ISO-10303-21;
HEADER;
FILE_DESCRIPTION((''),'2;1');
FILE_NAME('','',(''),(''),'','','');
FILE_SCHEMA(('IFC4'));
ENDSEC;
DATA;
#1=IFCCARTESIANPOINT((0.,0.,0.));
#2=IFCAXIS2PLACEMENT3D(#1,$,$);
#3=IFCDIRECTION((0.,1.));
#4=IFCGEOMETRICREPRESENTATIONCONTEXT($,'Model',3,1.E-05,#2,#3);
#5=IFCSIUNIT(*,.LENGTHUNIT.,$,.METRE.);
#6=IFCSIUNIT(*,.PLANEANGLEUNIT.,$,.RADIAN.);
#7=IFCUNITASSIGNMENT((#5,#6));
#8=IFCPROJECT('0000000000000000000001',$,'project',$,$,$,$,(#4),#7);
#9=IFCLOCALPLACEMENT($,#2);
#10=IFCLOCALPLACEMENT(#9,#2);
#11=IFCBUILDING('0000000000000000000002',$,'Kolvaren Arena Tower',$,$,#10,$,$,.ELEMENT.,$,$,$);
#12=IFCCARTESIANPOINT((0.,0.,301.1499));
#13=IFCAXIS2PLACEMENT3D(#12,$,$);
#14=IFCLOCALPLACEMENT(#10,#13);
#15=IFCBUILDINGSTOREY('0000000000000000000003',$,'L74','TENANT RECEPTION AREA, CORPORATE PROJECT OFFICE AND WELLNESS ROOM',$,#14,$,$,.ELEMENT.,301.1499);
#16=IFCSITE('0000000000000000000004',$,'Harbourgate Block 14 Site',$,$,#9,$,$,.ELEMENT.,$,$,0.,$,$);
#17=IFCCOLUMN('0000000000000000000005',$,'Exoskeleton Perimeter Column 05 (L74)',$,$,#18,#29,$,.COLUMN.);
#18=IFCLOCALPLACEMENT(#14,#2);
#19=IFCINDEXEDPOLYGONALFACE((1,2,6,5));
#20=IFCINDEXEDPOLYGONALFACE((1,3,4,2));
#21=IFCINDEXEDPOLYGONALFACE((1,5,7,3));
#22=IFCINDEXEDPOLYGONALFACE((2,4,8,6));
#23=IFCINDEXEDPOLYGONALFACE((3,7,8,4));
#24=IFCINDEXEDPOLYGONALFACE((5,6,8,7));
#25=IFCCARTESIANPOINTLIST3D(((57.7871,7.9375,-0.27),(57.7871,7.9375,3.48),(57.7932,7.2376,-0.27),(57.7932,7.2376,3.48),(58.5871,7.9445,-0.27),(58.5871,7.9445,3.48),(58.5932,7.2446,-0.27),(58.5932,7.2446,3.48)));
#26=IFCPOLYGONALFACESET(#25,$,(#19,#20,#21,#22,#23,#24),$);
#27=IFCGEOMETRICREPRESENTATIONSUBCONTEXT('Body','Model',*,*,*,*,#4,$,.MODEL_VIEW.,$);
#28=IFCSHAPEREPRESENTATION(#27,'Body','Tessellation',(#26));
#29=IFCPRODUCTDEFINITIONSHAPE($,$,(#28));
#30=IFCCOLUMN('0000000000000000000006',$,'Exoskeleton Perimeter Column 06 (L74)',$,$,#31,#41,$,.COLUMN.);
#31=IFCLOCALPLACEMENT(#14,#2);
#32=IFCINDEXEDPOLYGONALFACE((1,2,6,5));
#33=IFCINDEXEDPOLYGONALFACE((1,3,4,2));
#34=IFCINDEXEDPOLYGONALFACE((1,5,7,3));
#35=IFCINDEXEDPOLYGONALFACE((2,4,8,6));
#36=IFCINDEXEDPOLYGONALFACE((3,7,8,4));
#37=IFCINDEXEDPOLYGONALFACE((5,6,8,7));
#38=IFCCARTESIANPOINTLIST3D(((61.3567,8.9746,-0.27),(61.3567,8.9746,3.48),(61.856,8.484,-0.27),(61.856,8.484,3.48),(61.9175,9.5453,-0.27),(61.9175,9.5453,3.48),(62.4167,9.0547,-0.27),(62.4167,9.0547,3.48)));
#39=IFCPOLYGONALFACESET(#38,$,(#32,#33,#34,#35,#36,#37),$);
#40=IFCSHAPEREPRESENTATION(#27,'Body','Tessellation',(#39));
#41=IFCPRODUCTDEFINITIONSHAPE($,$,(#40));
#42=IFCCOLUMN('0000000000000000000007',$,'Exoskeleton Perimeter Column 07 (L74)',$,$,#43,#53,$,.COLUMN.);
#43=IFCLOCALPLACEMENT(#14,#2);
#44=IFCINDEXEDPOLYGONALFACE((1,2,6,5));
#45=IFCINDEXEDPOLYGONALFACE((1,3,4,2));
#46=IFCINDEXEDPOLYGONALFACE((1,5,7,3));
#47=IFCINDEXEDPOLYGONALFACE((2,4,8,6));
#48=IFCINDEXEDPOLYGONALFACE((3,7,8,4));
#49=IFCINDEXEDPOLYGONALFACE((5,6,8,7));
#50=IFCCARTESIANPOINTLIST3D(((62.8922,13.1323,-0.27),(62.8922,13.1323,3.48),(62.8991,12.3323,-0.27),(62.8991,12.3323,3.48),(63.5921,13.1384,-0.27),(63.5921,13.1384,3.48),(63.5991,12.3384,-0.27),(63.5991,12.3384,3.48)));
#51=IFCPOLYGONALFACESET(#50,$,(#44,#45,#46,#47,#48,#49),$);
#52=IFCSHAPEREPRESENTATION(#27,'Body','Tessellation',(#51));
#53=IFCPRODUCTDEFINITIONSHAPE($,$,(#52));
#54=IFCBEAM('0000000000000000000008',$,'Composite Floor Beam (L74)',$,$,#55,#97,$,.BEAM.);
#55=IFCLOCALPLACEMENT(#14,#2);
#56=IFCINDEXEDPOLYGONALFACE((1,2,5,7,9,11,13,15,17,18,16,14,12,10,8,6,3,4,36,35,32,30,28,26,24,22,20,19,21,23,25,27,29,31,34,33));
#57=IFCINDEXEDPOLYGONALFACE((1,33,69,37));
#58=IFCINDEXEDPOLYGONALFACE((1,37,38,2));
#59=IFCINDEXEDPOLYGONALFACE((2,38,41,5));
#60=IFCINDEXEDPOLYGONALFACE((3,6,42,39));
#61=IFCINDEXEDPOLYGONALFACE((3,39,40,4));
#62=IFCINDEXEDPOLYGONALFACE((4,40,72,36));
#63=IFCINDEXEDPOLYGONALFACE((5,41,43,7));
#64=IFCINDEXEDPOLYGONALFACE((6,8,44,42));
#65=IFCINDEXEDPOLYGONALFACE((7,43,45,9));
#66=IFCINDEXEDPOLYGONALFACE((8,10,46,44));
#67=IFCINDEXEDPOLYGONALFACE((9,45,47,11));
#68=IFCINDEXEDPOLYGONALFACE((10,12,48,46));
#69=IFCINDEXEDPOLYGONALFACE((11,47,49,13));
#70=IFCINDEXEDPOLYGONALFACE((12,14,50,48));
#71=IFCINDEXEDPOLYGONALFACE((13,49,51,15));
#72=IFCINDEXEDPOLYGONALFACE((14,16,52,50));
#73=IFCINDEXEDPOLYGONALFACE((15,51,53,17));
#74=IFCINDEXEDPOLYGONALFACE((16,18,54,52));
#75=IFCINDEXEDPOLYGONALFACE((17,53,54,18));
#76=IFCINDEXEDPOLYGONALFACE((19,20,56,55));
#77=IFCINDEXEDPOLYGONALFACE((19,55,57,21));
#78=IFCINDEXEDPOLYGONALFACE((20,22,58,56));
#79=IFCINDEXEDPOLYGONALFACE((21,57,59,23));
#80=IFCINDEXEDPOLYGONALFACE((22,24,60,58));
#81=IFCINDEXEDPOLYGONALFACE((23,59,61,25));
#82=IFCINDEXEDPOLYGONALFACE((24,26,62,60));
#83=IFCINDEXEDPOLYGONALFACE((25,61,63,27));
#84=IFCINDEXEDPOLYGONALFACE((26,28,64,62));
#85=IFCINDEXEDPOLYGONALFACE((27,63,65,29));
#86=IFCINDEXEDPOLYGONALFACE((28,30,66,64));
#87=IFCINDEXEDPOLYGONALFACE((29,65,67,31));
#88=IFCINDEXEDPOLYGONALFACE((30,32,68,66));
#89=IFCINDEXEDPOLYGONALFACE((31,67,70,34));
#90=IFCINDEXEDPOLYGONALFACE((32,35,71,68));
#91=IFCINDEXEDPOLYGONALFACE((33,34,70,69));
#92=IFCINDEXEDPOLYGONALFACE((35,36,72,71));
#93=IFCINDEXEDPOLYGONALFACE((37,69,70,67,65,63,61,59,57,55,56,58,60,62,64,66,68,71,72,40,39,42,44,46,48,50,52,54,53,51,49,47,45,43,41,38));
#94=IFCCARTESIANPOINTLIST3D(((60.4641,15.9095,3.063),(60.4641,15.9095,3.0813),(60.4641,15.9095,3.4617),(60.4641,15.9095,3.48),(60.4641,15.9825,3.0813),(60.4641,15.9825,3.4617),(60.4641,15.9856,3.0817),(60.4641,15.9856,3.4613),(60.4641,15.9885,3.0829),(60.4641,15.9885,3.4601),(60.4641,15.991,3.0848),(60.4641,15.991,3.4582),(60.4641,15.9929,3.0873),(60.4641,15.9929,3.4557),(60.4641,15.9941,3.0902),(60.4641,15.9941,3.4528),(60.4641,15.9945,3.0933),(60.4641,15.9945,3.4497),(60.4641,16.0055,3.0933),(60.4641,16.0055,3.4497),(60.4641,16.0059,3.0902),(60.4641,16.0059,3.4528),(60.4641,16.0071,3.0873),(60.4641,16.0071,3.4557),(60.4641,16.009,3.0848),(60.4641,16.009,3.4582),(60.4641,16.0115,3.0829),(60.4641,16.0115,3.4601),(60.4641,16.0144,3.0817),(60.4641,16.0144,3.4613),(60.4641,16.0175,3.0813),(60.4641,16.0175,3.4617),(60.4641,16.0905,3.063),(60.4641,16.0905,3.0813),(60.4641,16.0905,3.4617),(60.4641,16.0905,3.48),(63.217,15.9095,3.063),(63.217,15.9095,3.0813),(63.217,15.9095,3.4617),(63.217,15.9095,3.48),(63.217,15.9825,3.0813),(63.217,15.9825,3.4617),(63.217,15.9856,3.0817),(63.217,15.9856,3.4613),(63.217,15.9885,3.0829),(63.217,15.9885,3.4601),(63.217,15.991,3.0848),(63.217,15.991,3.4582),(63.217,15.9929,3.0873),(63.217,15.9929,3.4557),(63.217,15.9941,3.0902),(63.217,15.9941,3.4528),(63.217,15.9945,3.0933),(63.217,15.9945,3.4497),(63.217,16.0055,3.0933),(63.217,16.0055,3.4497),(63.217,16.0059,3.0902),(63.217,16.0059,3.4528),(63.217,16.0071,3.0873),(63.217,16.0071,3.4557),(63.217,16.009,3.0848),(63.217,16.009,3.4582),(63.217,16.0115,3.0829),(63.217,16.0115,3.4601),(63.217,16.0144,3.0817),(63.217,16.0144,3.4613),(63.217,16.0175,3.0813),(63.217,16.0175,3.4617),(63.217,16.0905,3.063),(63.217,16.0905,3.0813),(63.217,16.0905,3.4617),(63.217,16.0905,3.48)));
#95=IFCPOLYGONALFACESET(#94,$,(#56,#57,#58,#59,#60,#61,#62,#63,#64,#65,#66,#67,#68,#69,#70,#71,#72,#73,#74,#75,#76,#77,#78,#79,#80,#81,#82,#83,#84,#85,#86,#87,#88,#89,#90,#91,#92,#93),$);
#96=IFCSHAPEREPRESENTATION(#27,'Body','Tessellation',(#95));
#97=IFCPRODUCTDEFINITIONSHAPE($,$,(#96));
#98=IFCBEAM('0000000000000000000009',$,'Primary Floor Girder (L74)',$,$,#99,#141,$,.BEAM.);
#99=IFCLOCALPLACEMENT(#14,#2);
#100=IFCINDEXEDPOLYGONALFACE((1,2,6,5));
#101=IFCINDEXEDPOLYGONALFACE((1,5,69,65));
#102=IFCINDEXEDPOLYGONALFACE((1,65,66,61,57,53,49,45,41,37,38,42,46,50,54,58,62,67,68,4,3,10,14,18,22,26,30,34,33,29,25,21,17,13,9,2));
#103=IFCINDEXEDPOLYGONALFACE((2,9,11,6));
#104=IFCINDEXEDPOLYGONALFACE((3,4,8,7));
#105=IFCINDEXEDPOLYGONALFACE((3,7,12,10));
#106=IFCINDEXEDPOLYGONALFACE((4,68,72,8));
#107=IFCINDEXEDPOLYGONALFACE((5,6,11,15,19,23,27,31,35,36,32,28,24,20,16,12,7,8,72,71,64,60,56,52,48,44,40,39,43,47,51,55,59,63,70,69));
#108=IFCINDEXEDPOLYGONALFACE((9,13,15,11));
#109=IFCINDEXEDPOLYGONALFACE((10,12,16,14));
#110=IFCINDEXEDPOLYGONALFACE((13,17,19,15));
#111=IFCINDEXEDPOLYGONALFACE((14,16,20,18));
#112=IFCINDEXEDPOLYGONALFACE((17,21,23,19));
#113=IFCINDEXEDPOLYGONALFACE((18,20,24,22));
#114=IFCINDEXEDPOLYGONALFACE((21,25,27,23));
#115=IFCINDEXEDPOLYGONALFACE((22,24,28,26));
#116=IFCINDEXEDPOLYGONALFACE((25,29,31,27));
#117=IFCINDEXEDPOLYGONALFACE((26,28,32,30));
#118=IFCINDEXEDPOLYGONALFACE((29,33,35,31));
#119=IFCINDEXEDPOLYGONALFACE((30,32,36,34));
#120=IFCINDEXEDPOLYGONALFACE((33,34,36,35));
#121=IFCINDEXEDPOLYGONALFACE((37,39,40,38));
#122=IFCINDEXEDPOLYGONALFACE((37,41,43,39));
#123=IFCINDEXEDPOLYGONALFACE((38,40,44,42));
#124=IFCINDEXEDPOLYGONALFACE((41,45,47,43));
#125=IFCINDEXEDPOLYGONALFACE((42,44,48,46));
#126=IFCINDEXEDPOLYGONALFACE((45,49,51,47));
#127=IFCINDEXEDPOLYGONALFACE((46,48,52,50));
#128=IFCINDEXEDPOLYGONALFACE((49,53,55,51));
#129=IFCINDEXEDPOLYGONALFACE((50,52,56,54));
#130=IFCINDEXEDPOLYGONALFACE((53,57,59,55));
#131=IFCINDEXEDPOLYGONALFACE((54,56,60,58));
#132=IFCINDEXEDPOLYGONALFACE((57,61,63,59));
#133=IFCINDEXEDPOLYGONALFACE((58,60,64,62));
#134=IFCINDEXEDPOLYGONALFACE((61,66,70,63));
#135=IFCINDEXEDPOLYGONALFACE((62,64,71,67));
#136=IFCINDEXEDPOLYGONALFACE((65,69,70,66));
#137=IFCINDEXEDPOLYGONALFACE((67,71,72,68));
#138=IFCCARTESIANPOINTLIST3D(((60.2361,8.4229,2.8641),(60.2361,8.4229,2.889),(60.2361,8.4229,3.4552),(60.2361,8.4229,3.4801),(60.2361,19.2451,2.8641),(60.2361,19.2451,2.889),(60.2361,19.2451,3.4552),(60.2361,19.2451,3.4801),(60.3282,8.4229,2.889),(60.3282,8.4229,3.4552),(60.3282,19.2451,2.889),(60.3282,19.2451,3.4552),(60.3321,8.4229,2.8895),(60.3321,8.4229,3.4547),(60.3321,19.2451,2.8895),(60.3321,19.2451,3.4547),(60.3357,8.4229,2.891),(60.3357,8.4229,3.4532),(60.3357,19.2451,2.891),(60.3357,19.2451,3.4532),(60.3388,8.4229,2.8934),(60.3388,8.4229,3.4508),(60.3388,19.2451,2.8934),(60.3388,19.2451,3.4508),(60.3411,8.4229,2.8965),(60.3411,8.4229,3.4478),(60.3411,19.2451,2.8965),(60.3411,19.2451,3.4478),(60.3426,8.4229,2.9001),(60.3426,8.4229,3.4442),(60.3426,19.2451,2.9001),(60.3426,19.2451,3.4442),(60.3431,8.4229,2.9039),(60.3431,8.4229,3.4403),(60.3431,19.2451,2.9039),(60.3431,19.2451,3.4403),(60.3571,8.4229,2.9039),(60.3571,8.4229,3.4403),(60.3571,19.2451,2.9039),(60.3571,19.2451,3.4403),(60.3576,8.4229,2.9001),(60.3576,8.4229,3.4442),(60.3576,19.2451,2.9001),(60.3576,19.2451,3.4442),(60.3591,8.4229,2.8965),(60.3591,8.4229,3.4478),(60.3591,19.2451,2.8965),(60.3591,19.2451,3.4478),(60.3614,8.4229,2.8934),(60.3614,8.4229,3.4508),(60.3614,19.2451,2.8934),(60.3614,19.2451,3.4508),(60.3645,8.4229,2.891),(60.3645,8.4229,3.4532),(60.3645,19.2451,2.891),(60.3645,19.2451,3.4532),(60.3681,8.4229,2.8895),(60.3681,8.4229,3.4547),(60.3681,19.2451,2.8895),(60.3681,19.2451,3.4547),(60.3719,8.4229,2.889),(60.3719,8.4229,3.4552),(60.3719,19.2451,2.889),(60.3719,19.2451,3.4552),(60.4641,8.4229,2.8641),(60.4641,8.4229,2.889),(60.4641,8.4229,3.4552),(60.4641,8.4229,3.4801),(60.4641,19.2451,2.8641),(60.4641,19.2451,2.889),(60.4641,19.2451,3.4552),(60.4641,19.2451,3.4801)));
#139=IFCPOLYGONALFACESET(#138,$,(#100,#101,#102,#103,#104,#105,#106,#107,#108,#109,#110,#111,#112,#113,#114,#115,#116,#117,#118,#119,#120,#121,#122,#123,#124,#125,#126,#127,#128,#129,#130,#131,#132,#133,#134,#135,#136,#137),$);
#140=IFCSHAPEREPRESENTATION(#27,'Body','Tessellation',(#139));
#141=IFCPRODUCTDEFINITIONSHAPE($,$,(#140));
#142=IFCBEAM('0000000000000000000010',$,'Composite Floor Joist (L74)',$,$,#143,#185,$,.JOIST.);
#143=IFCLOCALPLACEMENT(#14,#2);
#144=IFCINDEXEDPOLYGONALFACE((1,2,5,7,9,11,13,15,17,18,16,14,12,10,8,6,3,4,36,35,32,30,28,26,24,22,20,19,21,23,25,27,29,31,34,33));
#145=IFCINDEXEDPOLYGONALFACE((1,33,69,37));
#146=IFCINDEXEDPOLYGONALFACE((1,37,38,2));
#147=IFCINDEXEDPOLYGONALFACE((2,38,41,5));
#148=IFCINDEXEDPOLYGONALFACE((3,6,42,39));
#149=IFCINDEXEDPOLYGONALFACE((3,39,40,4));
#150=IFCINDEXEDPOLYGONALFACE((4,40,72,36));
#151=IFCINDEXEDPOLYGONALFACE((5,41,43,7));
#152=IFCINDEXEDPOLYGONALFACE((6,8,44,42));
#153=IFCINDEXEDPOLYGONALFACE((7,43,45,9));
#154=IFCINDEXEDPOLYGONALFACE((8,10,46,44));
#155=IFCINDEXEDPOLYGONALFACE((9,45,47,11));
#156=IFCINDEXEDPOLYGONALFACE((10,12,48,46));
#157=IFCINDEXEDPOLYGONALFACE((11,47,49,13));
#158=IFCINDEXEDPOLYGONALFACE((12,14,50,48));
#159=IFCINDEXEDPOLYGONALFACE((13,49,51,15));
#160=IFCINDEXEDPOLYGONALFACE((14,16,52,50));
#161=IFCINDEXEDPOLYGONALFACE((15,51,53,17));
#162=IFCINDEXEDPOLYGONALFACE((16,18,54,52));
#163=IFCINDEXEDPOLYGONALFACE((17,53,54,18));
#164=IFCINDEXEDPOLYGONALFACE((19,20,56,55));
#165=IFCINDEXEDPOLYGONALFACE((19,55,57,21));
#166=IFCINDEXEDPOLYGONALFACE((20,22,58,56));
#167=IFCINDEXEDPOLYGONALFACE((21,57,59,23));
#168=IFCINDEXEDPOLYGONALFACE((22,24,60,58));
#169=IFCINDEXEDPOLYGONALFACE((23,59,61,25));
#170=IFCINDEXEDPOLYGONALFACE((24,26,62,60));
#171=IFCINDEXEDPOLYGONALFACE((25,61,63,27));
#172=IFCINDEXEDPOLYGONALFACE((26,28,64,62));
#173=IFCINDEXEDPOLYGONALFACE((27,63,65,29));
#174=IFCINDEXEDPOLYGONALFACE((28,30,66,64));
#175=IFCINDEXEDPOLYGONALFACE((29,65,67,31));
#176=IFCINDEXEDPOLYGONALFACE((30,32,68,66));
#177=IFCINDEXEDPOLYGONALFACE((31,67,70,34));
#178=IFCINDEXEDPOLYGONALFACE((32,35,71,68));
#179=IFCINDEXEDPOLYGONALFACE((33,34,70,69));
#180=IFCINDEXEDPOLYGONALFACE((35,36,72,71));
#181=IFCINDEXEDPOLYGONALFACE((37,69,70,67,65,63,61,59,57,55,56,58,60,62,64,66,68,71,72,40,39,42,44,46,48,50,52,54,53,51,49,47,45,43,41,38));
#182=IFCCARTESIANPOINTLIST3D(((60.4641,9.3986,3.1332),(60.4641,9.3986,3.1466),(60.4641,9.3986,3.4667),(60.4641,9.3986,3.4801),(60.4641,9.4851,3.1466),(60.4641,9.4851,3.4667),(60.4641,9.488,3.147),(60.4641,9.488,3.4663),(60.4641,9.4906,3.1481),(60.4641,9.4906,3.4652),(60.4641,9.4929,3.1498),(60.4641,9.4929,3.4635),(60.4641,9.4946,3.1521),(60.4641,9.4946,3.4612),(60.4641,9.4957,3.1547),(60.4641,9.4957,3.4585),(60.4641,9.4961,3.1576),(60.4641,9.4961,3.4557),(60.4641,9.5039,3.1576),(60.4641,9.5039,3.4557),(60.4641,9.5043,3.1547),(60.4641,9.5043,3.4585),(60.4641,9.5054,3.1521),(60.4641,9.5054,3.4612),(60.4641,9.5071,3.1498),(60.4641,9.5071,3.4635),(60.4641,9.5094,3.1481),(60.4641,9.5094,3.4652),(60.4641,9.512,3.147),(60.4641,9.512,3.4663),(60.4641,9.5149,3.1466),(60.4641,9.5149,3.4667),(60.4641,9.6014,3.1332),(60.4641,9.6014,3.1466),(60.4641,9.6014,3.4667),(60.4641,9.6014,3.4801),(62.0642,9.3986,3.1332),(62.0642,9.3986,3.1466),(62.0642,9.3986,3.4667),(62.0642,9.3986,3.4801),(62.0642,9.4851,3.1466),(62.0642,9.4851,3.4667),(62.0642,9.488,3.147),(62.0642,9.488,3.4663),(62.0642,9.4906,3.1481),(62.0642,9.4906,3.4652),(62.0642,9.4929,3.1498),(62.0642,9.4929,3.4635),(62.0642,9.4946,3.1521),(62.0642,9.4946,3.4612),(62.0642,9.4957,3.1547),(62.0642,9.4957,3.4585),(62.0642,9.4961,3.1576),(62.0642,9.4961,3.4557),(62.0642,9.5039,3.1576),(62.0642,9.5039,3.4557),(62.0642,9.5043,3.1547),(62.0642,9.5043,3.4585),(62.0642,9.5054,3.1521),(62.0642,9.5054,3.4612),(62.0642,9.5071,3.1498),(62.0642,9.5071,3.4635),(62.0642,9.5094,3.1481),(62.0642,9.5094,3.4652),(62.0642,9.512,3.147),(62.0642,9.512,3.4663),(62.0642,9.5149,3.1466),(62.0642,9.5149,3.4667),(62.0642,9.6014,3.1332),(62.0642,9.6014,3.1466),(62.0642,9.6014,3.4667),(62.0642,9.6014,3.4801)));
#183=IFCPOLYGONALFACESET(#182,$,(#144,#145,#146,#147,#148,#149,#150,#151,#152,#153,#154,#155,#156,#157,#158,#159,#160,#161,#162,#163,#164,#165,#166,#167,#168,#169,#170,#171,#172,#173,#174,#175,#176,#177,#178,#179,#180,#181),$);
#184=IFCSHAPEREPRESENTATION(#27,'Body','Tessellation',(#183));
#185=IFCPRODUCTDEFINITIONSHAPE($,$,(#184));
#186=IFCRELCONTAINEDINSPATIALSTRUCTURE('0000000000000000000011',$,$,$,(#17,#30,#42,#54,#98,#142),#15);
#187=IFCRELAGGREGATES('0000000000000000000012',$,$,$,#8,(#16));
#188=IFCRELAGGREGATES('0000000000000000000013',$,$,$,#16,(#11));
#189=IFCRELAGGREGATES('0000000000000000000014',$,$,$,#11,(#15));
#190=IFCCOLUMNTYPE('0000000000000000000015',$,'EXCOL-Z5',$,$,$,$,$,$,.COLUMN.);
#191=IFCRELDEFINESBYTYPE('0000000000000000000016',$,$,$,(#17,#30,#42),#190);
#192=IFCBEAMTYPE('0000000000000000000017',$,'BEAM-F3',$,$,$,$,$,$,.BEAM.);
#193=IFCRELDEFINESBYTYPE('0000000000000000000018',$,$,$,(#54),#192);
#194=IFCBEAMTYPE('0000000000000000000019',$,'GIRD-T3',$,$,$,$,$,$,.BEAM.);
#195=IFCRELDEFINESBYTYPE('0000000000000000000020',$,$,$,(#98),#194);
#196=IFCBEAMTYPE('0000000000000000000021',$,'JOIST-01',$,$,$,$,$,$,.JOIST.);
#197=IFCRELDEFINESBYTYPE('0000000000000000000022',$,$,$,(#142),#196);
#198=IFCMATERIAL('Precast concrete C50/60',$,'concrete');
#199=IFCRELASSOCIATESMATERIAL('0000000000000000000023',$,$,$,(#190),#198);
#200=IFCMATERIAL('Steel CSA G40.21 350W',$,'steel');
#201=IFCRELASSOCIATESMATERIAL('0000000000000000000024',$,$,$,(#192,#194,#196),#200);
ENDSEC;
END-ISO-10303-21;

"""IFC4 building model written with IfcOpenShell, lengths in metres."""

from ifc_helpers import new_model, si_unit, direction, frame, origin, origin_2d, place, context, subcontext, project, spatial, rectangle, i_section, extrude, material, material_profile, profile_set, type_object, element, save


model = new_model("IFC4")

# Units and contexts
model_context = context("Model", 3, precision=1e-05, world=origin(), true_north=direction((0.0, 1.0)))
body_context = subcontext(model_context, "Body", "Model", "MODEL_VIEW")
ifc_project = project(units=[si_unit("LENGTHUNIT", "METRE"), si_unit("PLANEANGLEUNIT", "RADIAN")], contexts=[model_context])

# Site, building, storey
site_placement = place(None, origin())
site = spatial("IfcSite", under=ifc_project, at=site_placement, Name="Harbourgate Block 14 Site", CompositionType="ELEMENT", RefElevation=0.0)
building_placement = place(site_placement, origin())
building = spatial("IfcBuilding", under=site, at=building_placement, Name="Kolvaren Arena Tower", CompositionType="ELEMENT")
storey_placement = place(building_placement, frame((0.0, 0.0, 301.1499)))
storey = spatial("IfcBuildingStorey", under=building, at=storey_placement, Name="L74", Description="TENANT RECEPTION AREA, CORPORATE PROJECT OFFICE AND WELLNESS ROOM", CompositionType="ELEMENT", Elevation=301.1499)

# Columns
ifc_material_1 = material(Name="Precast concrete C50/60", Category="concrete")
ifc_material_profile_1 = material_profile(ifc_material_1, rectangle(XDim=0.8, YDim=0.7, at=origin_2d()), Name="RC-800x700")
ifc_profile_set_1 = profile_set([ifc_material_profile_1], Name="Precast concrete C50/60")
column_type = type_object("IfcColumnType", Name="EXCOL-Z5", PredefinedType="COLUMN", material=ifc_profile_set_1)
for number, where, z_axis, x_axis, name in (
    (1, (58.1902, 7.5911, -0.27), (0.0, 0.0, 1.0), (0.999962, 0.008727, 0.0), "Exoskeleton Perimeter Column 05 (L74)"),
    (2, (61.8867, 9.0146, -0.27), (0.0, 0.0, 1.0), (0.700909, 0.71325, 0.0), "Exoskeleton Perimeter Column 06 (L74)"),
    (3, (63.2456, 12.7354, -0.27), (0.0, 0.0, 1.0), (-0.008727, 0.999962, 0.0), "Exoskeleton Perimeter Column 07 (L74)"),
):
    element("IfcColumn", number, at=place(storey_placement, frame(where, z_axis=z_axis, x_axis=x_axis)), inside=storey, type_object=column_type, Name=name, PredefinedType="COLUMN", context=body_context, shape_type="SweptSolid", body=[
        extrude(rectangle(XDim=0.8, YDim=0.7, at=origin_2d()), origin(), (0.0, 0.0, 1.0), 3.75),
    ])

# Beams
ifc_material_2 = material(Name="Steel CSA G40.21 350W", Category="steel")
ifc_material_profile_2 = material_profile(ifc_material_2, i_section(OverallWidth=0.1809, OverallDepth=0.417, WebThickness=0.011, FlangeThickness=0.0183, FilletRadius=0.012, at=origin_2d()), Name="W410x85")
ifc_profile_set_2 = profile_set([ifc_material_profile_2], Name="Steel CSA G40.21 350W")
beam_type_1 = type_object("IfcBeamType", Name="BEAM-F3", PredefinedType="BEAM", material=ifc_profile_set_2)
beam_1_placement = place(storey_placement, frame((60.4641, 16.0, 3.2715), z_axis=(1.0, 0.0, 0.0), x_axis=(0.0, 1.0, 0.0)))
element("IfcBeam", 4, at=beam_1_placement, inside=storey, type_object=beam_type_1, Name="Composite Floor Beam (L74)", PredefinedType="BEAM", context=body_context, shape_type="SweptSolid", body=[
    extrude(i_section(OverallWidth=0.1809, OverallDepth=0.417, WebThickness=0.011, FlangeThickness=0.0183, FilletRadius=0.012, at=origin_2d()), origin(), (0.0, 0.0, 1.0), 2.7529),
])
ifc_material_profile_3 = material_profile(ifc_material_2, i_section(OverallWidth=0.228, OverallDepth=0.616, WebThickness=0.0139, FlangeThickness=0.0249, FilletRadius=0.0149, at=origin_2d()), Name="W610x174")
ifc_profile_set_3 = profile_set([ifc_material_profile_3], Name="Steel CSA G40.21 350W")
beam_type_2 = type_object("IfcBeamType", Name="GIRD-T3", PredefinedType="BEAM", material=ifc_profile_set_3)
beam_2_placement = place(storey_placement, frame((60.3501, 8.4229, 3.1721), z_axis=(0.0, 1.0, 0.0), x_axis=(-1.0, 0.0, 0.0)))
element("IfcBeam", 5, at=beam_2_placement, inside=storey, type_object=beam_type_2, Name="Primary Floor Girder (L74)", PredefinedType="BEAM", context=body_context, shape_type="SweptSolid", body=[
    extrude(i_section(OverallWidth=0.228, OverallDepth=0.616, WebThickness=0.0139, FlangeThickness=0.0249, FilletRadius=0.0149, at=origin_2d()), origin(), (0.0, 0.0, 1.0), 10.8223),
])
ifc_material_profile_4 = material_profile(ifc_material_2, i_section(OverallWidth=0.2029, OverallDepth=0.3469, WebThickness=0.0078, FlangeThickness=0.0134, FilletRadius=0.011, at=origin_2d()), Name="W360x64")
ifc_profile_set_4 = profile_set([ifc_material_profile_4], Name="Steel CSA G40.21 350W")
beam_type_3 = type_object("IfcBeamType", Name="JOIST-01", PredefinedType="JOIST", material=ifc_profile_set_4)
beam_3_placement = place(storey_placement, frame((60.4641, 9.5, 3.3066), z_axis=(1.0, 0.0, 0.0), x_axis=(0.0, 1.0, 0.0)))
element("IfcBeam", 6, at=beam_3_placement, inside=storey, type_object=beam_type_3, Name="Composite Floor Joist (L74)", PredefinedType="JOIST", context=body_context, shape_type="SweptSolid", body=[
    extrude(i_section(OverallWidth=0.2029, OverallDepth=0.3469, WebThickness=0.0078, FlangeThickness=0.0134, FilletRadius=0.011, at=origin_2d()), origin(), (0.0, 0.0, 1.0), 1.6001),
])

save(model, "model.ifc")
